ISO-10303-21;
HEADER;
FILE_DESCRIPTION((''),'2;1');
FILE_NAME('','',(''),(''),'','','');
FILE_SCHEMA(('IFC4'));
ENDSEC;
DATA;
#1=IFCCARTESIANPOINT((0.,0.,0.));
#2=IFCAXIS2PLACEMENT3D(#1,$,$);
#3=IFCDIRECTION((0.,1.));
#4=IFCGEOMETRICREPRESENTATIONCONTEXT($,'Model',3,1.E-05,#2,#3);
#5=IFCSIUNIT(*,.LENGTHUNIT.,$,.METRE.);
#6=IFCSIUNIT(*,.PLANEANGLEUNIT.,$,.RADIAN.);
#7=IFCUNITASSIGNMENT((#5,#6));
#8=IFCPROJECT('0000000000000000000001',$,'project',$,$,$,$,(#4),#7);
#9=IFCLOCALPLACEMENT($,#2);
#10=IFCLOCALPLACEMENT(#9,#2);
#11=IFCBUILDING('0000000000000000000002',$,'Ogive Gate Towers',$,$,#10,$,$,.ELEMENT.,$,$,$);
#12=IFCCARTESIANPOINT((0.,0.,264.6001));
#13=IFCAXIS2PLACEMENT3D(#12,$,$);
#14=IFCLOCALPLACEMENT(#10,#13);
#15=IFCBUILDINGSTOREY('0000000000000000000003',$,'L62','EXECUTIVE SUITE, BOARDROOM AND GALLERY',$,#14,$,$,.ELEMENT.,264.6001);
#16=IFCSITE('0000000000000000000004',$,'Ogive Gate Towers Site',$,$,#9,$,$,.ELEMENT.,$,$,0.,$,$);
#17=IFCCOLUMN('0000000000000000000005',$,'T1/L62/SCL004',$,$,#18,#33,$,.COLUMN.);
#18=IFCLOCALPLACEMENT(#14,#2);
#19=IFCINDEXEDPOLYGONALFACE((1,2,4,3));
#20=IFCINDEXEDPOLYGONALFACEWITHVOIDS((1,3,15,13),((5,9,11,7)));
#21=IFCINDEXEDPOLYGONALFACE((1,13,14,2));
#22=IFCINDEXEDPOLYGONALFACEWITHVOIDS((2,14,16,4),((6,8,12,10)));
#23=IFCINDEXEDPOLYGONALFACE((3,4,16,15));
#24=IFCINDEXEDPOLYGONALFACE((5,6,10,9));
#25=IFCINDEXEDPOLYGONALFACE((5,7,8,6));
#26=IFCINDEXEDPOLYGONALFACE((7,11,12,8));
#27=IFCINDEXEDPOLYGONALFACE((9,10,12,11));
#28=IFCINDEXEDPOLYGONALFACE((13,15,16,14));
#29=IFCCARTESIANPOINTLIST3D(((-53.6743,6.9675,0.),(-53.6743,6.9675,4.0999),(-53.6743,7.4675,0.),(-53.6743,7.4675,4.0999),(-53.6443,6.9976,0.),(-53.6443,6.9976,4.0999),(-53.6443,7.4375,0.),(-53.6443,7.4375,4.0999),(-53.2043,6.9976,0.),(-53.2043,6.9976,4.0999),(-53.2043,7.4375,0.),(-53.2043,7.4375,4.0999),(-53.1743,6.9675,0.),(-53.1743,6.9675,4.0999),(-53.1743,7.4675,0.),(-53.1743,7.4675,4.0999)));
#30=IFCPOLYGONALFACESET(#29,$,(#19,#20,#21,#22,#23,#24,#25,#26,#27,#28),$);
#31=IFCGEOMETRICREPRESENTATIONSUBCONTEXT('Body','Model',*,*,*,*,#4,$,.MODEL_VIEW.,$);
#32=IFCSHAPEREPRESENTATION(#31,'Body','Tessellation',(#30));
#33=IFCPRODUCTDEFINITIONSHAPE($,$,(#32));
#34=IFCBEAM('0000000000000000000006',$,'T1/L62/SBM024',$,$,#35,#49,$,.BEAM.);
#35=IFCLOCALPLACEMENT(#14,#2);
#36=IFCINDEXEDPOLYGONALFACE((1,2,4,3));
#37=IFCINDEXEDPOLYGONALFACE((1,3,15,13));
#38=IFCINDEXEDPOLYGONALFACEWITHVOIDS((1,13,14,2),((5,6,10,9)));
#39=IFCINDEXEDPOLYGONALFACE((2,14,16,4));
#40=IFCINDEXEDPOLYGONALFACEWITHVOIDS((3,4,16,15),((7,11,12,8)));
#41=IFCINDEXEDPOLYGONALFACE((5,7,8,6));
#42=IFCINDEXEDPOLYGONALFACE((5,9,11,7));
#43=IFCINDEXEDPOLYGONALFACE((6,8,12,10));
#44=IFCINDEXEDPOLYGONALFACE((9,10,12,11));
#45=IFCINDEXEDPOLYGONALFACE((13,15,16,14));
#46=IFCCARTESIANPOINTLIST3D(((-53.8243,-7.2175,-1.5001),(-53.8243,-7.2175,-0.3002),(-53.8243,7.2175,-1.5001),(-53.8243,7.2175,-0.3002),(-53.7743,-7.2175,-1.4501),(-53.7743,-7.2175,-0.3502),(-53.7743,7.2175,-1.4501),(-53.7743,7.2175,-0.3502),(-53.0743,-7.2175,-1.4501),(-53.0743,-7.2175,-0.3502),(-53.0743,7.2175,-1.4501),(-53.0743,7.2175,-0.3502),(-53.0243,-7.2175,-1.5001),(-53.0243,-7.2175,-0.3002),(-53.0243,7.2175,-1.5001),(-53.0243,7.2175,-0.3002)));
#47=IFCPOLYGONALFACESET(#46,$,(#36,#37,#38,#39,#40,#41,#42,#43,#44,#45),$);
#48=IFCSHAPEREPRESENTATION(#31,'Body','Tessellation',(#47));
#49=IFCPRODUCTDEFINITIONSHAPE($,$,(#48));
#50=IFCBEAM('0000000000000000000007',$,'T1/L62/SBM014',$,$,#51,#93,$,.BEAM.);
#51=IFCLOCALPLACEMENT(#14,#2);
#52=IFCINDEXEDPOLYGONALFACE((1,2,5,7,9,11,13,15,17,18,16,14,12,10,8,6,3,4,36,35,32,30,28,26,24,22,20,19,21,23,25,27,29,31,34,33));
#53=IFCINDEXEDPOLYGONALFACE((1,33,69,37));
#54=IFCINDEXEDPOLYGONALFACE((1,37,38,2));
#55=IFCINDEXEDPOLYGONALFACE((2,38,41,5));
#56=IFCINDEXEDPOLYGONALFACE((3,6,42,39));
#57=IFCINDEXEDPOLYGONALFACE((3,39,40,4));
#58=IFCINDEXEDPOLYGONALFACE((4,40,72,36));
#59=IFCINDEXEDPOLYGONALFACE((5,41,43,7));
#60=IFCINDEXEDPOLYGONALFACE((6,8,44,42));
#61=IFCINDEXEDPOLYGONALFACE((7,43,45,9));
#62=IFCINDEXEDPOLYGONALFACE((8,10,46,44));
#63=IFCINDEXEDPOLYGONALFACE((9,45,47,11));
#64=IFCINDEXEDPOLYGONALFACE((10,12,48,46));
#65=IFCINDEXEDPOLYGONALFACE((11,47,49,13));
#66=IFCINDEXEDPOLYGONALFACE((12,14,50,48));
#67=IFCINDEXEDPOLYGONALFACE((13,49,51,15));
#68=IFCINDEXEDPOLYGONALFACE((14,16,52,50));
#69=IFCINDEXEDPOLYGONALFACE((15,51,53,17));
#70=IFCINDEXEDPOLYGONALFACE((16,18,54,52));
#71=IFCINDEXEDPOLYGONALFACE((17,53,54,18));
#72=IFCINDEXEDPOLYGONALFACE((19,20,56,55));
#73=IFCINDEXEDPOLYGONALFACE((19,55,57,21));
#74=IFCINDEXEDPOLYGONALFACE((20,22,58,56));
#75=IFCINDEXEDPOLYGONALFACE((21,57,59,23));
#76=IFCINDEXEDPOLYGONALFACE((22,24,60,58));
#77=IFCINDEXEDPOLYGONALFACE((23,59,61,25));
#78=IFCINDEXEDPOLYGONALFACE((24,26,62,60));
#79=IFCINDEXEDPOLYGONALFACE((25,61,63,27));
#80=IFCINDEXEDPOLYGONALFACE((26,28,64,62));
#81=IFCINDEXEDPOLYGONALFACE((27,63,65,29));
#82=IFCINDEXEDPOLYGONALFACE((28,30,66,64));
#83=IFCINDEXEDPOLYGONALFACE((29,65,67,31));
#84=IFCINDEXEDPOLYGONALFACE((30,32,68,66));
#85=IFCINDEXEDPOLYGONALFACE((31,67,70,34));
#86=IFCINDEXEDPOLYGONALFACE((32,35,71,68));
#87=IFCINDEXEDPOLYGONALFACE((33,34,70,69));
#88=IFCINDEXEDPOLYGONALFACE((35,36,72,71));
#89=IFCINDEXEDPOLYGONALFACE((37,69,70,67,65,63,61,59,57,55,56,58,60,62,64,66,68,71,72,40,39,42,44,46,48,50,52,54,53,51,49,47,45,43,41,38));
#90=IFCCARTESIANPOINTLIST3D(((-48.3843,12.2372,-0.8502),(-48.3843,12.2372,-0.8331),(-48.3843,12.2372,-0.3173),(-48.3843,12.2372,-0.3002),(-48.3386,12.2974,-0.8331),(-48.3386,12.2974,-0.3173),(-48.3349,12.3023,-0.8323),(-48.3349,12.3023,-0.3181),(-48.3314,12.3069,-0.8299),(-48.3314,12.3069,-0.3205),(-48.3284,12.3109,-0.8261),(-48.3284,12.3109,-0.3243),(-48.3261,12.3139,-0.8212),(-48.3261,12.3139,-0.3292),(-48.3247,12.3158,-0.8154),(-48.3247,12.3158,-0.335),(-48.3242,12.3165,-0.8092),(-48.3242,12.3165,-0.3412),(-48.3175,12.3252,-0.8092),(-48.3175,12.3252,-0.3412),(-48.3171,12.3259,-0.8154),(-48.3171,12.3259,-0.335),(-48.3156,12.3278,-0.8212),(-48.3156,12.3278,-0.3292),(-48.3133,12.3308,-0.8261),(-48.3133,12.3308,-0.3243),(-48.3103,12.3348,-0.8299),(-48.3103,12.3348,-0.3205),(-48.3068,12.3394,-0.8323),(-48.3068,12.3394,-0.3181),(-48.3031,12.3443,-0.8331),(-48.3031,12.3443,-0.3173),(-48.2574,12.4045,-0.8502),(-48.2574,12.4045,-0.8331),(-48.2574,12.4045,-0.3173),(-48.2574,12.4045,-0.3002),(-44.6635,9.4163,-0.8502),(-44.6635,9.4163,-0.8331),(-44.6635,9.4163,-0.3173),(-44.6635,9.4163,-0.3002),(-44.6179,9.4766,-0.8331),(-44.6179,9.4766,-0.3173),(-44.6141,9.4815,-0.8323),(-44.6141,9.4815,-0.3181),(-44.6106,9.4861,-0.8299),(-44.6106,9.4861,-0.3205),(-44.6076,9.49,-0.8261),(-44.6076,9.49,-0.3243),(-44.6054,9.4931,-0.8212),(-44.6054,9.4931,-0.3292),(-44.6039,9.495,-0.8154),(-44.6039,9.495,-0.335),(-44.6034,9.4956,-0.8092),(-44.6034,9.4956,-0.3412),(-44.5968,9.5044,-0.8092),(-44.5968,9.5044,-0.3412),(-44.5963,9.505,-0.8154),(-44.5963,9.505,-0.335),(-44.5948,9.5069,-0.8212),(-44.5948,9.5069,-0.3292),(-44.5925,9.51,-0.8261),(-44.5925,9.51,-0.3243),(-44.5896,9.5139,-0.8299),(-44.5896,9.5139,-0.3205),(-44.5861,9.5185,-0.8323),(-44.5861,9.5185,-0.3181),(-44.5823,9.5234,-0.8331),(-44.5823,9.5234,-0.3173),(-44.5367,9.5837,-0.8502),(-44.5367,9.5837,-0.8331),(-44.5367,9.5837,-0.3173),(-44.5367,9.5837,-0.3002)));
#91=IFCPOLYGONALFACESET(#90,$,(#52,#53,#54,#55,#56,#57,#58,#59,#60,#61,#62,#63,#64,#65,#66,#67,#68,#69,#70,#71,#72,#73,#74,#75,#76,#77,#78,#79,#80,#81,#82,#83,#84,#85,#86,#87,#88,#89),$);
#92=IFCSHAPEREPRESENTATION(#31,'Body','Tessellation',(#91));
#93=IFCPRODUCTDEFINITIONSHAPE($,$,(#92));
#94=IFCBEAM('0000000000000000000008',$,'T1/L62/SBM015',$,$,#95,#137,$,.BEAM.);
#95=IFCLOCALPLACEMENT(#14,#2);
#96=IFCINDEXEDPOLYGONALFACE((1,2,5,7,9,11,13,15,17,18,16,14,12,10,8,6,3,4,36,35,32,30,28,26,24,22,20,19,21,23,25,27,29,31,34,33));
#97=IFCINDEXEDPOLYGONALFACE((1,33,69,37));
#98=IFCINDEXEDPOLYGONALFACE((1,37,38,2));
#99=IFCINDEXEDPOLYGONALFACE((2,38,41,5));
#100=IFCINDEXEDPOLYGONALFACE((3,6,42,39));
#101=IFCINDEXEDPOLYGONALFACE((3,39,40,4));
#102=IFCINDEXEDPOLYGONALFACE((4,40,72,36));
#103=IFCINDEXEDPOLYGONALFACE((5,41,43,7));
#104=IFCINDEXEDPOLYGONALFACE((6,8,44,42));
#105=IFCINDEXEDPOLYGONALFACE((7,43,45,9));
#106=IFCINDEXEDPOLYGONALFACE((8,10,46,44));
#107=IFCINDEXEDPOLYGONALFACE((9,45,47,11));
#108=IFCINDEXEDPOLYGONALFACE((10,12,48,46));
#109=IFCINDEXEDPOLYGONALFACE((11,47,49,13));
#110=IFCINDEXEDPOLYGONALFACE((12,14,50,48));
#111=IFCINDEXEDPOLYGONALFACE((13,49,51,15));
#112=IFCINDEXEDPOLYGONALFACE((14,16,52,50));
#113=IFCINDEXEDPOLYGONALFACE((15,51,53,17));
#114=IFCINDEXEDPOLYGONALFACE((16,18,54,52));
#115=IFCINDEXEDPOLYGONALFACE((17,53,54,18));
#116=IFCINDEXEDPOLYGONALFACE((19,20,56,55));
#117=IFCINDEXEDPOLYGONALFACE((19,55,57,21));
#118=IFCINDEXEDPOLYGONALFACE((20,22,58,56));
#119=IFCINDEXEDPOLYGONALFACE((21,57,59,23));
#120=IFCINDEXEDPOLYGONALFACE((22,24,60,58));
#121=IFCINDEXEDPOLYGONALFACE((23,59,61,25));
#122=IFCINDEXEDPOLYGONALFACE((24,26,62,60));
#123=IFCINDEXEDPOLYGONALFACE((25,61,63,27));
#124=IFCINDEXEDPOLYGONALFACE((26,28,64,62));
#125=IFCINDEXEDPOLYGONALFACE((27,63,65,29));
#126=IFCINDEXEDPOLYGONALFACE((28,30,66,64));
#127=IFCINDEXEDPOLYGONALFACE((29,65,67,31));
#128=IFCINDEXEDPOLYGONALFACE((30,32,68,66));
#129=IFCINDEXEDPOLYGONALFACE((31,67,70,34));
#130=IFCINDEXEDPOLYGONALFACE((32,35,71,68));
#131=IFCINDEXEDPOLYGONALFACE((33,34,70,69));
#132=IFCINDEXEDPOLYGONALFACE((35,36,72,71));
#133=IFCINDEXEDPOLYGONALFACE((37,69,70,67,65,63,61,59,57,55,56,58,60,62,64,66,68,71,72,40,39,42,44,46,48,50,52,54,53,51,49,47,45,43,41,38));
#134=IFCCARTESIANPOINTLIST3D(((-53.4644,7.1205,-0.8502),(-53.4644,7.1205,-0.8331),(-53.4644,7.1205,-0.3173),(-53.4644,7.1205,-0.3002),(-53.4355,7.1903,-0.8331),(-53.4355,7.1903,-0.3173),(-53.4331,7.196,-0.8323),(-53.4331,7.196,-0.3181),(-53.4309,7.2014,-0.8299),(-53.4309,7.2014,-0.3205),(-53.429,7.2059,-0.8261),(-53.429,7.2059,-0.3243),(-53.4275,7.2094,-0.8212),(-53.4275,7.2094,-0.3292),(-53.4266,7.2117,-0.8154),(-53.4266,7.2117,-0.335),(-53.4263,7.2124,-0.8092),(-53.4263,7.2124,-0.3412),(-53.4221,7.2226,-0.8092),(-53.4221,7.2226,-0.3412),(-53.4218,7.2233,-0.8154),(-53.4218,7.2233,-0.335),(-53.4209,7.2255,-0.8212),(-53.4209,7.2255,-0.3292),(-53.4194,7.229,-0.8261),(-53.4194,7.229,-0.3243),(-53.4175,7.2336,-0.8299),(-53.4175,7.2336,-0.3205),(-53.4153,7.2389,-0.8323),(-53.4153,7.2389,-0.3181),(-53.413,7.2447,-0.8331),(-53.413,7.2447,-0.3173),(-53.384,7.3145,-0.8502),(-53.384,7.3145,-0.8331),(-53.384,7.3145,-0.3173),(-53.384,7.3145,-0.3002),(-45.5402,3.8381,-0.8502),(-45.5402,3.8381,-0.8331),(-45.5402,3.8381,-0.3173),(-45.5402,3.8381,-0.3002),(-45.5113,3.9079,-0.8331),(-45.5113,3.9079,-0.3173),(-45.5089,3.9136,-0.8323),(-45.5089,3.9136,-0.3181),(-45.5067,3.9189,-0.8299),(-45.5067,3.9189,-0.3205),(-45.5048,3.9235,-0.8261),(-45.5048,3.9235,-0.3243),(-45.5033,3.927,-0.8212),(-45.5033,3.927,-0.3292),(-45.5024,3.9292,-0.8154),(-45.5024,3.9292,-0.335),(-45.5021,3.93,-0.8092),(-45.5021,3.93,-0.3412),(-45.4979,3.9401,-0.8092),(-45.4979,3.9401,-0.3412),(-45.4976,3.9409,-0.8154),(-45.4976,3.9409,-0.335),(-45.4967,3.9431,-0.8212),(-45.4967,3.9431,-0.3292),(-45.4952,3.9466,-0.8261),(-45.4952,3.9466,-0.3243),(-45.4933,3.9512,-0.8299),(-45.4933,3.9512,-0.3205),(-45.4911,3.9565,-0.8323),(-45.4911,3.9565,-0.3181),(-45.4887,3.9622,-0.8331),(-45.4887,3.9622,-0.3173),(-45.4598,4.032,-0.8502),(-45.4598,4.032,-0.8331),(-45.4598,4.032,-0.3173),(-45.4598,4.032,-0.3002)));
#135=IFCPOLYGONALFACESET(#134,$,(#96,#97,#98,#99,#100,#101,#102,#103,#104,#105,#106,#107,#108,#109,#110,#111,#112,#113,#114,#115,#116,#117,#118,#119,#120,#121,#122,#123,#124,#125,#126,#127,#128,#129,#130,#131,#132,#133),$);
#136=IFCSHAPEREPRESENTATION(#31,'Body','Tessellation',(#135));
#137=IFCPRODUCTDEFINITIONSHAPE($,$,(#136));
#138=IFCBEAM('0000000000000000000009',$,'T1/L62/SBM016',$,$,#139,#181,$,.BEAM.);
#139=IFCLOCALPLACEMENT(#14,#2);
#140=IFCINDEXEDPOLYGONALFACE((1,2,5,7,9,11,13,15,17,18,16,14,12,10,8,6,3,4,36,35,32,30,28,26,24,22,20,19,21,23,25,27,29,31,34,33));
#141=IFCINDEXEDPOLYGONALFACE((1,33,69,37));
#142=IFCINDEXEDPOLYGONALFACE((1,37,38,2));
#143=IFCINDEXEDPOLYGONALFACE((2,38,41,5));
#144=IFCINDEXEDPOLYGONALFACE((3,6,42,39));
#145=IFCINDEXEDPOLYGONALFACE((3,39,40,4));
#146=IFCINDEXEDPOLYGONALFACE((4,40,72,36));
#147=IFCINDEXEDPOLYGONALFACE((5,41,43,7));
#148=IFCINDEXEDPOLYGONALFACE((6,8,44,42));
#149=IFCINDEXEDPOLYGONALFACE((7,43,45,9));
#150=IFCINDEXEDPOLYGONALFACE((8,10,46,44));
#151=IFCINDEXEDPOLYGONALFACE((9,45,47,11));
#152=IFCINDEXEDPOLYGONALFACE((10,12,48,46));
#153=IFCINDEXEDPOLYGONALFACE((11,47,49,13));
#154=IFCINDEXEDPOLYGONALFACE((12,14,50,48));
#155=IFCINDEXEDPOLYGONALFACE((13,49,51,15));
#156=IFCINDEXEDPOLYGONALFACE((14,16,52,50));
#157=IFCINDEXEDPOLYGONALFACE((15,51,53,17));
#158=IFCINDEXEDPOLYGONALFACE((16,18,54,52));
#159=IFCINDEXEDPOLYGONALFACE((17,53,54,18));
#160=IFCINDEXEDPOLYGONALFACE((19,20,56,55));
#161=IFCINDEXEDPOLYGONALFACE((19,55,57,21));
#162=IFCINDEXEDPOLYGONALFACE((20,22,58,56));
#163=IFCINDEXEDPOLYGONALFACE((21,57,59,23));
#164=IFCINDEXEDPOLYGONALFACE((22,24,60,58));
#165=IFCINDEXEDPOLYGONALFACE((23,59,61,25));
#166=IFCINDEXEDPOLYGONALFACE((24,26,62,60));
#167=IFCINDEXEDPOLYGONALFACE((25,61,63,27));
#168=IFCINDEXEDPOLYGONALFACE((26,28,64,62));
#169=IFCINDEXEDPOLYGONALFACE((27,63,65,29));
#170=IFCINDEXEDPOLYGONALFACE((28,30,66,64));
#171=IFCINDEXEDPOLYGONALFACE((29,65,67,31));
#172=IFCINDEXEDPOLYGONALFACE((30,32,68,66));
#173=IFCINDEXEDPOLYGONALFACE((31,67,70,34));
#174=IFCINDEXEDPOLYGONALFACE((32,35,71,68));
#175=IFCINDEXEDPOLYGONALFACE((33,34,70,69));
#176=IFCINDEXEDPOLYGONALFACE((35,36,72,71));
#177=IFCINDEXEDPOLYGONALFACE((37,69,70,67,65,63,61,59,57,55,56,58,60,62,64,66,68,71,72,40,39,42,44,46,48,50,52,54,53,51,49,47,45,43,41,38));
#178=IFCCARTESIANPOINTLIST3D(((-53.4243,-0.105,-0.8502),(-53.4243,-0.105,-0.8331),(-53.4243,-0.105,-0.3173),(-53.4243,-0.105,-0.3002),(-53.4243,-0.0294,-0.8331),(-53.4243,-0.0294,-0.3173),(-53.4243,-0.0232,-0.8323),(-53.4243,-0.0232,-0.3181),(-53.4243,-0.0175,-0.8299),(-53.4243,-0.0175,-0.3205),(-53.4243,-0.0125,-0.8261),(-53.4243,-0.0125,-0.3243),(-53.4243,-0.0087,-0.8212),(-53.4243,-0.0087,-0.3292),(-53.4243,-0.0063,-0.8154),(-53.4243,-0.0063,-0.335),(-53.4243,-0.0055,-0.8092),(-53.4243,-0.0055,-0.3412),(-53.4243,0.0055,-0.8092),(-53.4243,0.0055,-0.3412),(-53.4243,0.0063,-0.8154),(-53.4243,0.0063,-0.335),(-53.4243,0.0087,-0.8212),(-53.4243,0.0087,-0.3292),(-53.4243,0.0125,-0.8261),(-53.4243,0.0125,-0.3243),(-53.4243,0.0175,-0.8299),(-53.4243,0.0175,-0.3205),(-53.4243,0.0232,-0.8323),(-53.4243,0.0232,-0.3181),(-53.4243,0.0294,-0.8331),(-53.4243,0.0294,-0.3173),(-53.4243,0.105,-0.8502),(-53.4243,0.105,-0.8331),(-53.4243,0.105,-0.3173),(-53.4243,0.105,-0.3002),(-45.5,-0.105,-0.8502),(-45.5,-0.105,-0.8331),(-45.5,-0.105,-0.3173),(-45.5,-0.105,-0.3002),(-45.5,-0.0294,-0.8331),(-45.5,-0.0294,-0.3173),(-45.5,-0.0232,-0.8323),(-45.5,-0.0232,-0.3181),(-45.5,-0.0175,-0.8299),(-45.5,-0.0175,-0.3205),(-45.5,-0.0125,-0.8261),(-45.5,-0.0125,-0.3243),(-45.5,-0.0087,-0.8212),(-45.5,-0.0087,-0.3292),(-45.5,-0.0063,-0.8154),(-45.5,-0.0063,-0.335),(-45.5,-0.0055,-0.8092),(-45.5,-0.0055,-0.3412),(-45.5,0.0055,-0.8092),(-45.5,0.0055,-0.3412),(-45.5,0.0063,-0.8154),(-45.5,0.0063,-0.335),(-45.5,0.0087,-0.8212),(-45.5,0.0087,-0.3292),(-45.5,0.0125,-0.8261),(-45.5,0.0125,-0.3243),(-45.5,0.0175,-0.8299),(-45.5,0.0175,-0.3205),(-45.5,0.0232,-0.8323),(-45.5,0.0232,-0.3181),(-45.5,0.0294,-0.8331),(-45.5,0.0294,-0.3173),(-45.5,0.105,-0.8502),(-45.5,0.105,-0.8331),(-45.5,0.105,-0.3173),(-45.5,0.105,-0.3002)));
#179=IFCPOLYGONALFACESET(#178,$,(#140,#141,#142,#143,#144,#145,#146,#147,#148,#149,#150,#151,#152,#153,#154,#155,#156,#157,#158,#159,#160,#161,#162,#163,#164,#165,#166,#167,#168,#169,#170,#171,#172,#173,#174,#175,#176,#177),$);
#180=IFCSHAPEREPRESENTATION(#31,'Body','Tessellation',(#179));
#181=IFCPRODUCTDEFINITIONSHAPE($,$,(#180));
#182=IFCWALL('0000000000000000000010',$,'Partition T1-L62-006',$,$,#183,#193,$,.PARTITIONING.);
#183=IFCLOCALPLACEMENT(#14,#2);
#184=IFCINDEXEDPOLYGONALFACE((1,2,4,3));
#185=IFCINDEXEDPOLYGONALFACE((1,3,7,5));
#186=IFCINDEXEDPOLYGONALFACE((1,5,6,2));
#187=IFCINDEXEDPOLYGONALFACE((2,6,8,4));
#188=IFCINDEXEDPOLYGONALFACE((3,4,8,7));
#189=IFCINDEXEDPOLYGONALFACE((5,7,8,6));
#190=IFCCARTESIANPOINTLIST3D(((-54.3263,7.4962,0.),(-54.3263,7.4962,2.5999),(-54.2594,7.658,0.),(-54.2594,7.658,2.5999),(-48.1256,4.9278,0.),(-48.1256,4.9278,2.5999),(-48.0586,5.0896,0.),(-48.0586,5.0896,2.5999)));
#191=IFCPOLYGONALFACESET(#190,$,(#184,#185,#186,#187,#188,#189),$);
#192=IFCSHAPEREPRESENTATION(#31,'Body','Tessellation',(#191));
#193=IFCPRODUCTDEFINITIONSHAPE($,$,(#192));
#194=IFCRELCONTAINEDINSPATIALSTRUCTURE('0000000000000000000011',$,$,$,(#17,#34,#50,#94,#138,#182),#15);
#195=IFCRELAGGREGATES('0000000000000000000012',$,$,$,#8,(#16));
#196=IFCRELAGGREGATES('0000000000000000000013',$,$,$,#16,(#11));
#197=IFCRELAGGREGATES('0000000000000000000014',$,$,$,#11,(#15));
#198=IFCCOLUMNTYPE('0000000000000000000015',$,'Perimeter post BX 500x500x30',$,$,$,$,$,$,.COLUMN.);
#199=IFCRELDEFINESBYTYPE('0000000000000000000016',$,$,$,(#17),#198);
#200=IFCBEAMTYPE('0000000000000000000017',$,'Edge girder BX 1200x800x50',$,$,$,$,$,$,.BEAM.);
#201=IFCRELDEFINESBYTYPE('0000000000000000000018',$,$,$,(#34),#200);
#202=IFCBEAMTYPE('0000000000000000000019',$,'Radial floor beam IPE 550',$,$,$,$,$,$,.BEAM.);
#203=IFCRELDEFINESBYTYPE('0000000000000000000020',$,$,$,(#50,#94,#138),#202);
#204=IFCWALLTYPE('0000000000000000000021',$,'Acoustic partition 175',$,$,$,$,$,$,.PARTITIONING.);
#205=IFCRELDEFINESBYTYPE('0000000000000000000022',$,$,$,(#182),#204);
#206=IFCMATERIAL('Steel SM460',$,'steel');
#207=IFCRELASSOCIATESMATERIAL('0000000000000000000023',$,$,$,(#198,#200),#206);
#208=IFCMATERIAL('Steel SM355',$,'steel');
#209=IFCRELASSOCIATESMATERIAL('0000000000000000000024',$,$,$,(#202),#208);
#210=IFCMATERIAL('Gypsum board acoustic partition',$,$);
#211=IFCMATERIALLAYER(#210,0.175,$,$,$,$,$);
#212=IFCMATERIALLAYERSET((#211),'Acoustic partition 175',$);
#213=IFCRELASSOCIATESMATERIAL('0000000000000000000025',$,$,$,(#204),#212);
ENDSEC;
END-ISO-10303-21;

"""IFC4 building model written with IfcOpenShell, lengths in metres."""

from ifc_helpers import new_model, si_unit, direction, frame, frame_2d, origin, origin_2d, place, context, subcontext, project, spatial, rectangle, hollow_rectangle, i_section, extrude, material, layer, layer_set, material_profile, profile_set, type_object, element, save


model = new_model("IFC4")

# Units and contexts
model_context = context("Model", 3, precision=1e-05, world=origin(), true_north=direction((0.0, 1.0)))
body_context = subcontext(model_context, "Body", "Model", "MODEL_VIEW")
ifc_project = project(units=[si_unit("LENGTHUNIT", "METRE"), si_unit("PLANEANGLEUNIT", "RADIAN")], contexts=[model_context])

# Site, building, storey
site_placement = place(None, origin())
site = spatial("IfcSite", under=ifc_project, at=site_placement, Name="Ogive Gate Towers Site", CompositionType="ELEMENT", RefElevation=0.0)
building_placement = place(site_placement, origin())
building = spatial("IfcBuilding", under=site, at=building_placement, Name="Ogive Gate Towers", CompositionType="ELEMENT")
storey_placement = place(building_placement, frame((0.0, 0.0, 264.6001)))
storey = spatial("IfcBuildingStorey", under=building, at=storey_placement, Name="L62", Description="EXECUTIVE SUITE, BOARDROOM AND GALLERY", CompositionType="ELEMENT", Elevation=264.6001)

# Column
ifc_material_1 = material(Name="Steel SM460", Category="steel")
ifc_material_profile_1 = material_profile(ifc_material_1, hollow_rectangle(XDim=0.5, YDim=0.5, WallThickness=0.03, at=origin_2d()), Name="BX 500x500x30")
ifc_profile_set_1 = profile_set([ifc_material_profile_1], Name="Steel SM460")
column_type = type_object("IfcColumnType", Name="Perimeter post BX 500x500x30", PredefinedType="COLUMN", material=ifc_profile_set_1)
column_placement = place(storey_placement, frame((-53.4243, 7.2175, 0.0), z_axis=(0.0, 0.0, 1.0), x_axis=(1.0, 0.0, 0.0)))
element("IfcColumn", 1, at=column_placement, inside=storey, type_object=column_type, Name="T1/L62/SCL004", PredefinedType="COLUMN", context=body_context, shape_type="SweptSolid", body=[
    extrude(hollow_rectangle(XDim=0.5, YDim=0.5, WallThickness=0.03, at=origin_2d()), origin(), (0.0, 0.0, 1.0), 4.0999),
])

# Beams
ifc_material_profile_2 = material_profile(ifc_material_1, hollow_rectangle(XDim=0.8, YDim=1.2, WallThickness=0.05, at=origin_2d()), Name="BX 1200x800x50")
ifc_profile_set_2 = profile_set([ifc_material_profile_2], Name="Steel SM460")
beam_type_1 = type_object("IfcBeamType", Name="Edge girder BX 1200x800x50", PredefinedType="BEAM", material=ifc_profile_set_2)
beam_1_placement = place(storey_placement, frame((-53.4243, 7.2175, -0.9001), z_axis=(0.0, -1.0, 0.0), x_axis=(1.0, 0.0, 0.0)))
element("IfcBeam", 2, at=beam_1_placement, inside=storey, type_object=beam_type_1, Name="T1/L62/SBM024", PredefinedType="BEAM", context=body_context, shape_type="SweptSolid", body=[
    extrude(hollow_rectangle(XDim=0.8, YDim=1.2, WallThickness=0.05, at=origin_2d()), origin(), (0.0, 0.0, 1.0), 14.4351),
])
ifc_material_2 = material(Name="Steel SM355", Category="steel")
ifc_material_profile_3 = material_profile(ifc_material_2, i_section(OverallWidth=0.21, OverallDepth=0.55, WebThickness=0.011, FlangeThickness=0.0171, FilletRadius=0.0239, at=origin_2d()), Name="IPE 550")
ifc_profile_set_3 = profile_set([ifc_material_profile_3], Name="Steel SM355")
beam_type_2 = type_object("IfcBeamType", Name="Radial floor beam IPE 550", PredefinedType="BEAM", material=ifc_profile_set_3)
beam_2_placement = place(storey_placement, frame((-44.6001, 9.5, -0.5752), z_axis=(-0.796877, 0.604142, 0.0), x_axis=(-0.604142, -0.796877, 0.0)))
element("IfcBeam", 3, at=beam_2_placement, inside=storey, type_object=beam_type_2, Name="T1/L62/SBM014", PredefinedType="BEAM", context=body_context, shape_type="SweptSolid", body=[
    extrude(i_section(OverallWidth=0.21, OverallDepth=0.55, WebThickness=0.011, FlangeThickness=0.0171, FilletRadius=0.0239, at=origin_2d()), origin(), (0.0, 0.0, 1.0), 4.6692),
])
beam_3_placement = place(storey_placement, frame((-45.5, 3.9351, -0.5752), z_axis=(-0.923875, 0.382695, 0.0), x_axis=(-0.382695, -0.923875, 0.0)))
element("IfcBeam", 4, at=beam_3_placement, inside=storey, type_object=beam_type_2, Name="T1/L62/SBM015", PredefinedType="BEAM", context=body_context, shape_type="SweptSolid", body=[
    extrude(i_section(OverallWidth=0.21, OverallDepth=0.55, WebThickness=0.011, FlangeThickness=0.0171, FilletRadius=0.0239, at=origin_2d()), origin(), (0.0, 0.0, 1.0), 8.5771),
])
beam_4_placement = place(storey_placement, frame((-45.5, 0.0, -0.5752), z_axis=(-1.0, 0.0, 0.0), x_axis=(0.0, -1.0, 0.0)))
element("IfcBeam", 5, at=beam_4_placement, inside=storey, type_object=beam_type_2, Name="T1/L62/SBM016", PredefinedType="BEAM", context=body_context, shape_type="SweptSolid", body=[
    extrude(i_section(OverallWidth=0.21, OverallDepth=0.55, WebThickness=0.011, FlangeThickness=0.0171, FilletRadius=0.0239, at=origin_2d()), origin(), (0.0, 0.0, 1.0), 7.9243),
])

# Wall
ifc_material_3 = material(Name="Gypsum board acoustic partition")
ifc_layer_1 = layer(ifc_material_3, 0.175)
ifc_layer_set_1 = layer_set([ifc_layer_1], Name="Acoustic partition 175")
wall_type_1 = type_object("IfcWallType", Name="Acoustic partition 175", PredefinedType="PARTITIONING", material=ifc_layer_set_1)
wall_1_placement = place(storey_placement, frame((-54.293, 7.5771, 0.0), z_axis=(0.0, 0.0, 1.0), x_axis=(0.923882, -0.382677, 0.0)))
element("IfcWall", 6, at=wall_1_placement, inside=storey, type_object=wall_type_1, Name="Partition T1-L62-006", PredefinedType="PARTITIONING", context=body_context, shape_type="SweptSolid", body=[
    extrude(rectangle(XDim=6.7117, YDim=0.175, at=frame_2d((3.356, 0.0))), origin(), (0.0, 0.0, 1.0), 2.5999),
])

save(model, "model.ifc")
